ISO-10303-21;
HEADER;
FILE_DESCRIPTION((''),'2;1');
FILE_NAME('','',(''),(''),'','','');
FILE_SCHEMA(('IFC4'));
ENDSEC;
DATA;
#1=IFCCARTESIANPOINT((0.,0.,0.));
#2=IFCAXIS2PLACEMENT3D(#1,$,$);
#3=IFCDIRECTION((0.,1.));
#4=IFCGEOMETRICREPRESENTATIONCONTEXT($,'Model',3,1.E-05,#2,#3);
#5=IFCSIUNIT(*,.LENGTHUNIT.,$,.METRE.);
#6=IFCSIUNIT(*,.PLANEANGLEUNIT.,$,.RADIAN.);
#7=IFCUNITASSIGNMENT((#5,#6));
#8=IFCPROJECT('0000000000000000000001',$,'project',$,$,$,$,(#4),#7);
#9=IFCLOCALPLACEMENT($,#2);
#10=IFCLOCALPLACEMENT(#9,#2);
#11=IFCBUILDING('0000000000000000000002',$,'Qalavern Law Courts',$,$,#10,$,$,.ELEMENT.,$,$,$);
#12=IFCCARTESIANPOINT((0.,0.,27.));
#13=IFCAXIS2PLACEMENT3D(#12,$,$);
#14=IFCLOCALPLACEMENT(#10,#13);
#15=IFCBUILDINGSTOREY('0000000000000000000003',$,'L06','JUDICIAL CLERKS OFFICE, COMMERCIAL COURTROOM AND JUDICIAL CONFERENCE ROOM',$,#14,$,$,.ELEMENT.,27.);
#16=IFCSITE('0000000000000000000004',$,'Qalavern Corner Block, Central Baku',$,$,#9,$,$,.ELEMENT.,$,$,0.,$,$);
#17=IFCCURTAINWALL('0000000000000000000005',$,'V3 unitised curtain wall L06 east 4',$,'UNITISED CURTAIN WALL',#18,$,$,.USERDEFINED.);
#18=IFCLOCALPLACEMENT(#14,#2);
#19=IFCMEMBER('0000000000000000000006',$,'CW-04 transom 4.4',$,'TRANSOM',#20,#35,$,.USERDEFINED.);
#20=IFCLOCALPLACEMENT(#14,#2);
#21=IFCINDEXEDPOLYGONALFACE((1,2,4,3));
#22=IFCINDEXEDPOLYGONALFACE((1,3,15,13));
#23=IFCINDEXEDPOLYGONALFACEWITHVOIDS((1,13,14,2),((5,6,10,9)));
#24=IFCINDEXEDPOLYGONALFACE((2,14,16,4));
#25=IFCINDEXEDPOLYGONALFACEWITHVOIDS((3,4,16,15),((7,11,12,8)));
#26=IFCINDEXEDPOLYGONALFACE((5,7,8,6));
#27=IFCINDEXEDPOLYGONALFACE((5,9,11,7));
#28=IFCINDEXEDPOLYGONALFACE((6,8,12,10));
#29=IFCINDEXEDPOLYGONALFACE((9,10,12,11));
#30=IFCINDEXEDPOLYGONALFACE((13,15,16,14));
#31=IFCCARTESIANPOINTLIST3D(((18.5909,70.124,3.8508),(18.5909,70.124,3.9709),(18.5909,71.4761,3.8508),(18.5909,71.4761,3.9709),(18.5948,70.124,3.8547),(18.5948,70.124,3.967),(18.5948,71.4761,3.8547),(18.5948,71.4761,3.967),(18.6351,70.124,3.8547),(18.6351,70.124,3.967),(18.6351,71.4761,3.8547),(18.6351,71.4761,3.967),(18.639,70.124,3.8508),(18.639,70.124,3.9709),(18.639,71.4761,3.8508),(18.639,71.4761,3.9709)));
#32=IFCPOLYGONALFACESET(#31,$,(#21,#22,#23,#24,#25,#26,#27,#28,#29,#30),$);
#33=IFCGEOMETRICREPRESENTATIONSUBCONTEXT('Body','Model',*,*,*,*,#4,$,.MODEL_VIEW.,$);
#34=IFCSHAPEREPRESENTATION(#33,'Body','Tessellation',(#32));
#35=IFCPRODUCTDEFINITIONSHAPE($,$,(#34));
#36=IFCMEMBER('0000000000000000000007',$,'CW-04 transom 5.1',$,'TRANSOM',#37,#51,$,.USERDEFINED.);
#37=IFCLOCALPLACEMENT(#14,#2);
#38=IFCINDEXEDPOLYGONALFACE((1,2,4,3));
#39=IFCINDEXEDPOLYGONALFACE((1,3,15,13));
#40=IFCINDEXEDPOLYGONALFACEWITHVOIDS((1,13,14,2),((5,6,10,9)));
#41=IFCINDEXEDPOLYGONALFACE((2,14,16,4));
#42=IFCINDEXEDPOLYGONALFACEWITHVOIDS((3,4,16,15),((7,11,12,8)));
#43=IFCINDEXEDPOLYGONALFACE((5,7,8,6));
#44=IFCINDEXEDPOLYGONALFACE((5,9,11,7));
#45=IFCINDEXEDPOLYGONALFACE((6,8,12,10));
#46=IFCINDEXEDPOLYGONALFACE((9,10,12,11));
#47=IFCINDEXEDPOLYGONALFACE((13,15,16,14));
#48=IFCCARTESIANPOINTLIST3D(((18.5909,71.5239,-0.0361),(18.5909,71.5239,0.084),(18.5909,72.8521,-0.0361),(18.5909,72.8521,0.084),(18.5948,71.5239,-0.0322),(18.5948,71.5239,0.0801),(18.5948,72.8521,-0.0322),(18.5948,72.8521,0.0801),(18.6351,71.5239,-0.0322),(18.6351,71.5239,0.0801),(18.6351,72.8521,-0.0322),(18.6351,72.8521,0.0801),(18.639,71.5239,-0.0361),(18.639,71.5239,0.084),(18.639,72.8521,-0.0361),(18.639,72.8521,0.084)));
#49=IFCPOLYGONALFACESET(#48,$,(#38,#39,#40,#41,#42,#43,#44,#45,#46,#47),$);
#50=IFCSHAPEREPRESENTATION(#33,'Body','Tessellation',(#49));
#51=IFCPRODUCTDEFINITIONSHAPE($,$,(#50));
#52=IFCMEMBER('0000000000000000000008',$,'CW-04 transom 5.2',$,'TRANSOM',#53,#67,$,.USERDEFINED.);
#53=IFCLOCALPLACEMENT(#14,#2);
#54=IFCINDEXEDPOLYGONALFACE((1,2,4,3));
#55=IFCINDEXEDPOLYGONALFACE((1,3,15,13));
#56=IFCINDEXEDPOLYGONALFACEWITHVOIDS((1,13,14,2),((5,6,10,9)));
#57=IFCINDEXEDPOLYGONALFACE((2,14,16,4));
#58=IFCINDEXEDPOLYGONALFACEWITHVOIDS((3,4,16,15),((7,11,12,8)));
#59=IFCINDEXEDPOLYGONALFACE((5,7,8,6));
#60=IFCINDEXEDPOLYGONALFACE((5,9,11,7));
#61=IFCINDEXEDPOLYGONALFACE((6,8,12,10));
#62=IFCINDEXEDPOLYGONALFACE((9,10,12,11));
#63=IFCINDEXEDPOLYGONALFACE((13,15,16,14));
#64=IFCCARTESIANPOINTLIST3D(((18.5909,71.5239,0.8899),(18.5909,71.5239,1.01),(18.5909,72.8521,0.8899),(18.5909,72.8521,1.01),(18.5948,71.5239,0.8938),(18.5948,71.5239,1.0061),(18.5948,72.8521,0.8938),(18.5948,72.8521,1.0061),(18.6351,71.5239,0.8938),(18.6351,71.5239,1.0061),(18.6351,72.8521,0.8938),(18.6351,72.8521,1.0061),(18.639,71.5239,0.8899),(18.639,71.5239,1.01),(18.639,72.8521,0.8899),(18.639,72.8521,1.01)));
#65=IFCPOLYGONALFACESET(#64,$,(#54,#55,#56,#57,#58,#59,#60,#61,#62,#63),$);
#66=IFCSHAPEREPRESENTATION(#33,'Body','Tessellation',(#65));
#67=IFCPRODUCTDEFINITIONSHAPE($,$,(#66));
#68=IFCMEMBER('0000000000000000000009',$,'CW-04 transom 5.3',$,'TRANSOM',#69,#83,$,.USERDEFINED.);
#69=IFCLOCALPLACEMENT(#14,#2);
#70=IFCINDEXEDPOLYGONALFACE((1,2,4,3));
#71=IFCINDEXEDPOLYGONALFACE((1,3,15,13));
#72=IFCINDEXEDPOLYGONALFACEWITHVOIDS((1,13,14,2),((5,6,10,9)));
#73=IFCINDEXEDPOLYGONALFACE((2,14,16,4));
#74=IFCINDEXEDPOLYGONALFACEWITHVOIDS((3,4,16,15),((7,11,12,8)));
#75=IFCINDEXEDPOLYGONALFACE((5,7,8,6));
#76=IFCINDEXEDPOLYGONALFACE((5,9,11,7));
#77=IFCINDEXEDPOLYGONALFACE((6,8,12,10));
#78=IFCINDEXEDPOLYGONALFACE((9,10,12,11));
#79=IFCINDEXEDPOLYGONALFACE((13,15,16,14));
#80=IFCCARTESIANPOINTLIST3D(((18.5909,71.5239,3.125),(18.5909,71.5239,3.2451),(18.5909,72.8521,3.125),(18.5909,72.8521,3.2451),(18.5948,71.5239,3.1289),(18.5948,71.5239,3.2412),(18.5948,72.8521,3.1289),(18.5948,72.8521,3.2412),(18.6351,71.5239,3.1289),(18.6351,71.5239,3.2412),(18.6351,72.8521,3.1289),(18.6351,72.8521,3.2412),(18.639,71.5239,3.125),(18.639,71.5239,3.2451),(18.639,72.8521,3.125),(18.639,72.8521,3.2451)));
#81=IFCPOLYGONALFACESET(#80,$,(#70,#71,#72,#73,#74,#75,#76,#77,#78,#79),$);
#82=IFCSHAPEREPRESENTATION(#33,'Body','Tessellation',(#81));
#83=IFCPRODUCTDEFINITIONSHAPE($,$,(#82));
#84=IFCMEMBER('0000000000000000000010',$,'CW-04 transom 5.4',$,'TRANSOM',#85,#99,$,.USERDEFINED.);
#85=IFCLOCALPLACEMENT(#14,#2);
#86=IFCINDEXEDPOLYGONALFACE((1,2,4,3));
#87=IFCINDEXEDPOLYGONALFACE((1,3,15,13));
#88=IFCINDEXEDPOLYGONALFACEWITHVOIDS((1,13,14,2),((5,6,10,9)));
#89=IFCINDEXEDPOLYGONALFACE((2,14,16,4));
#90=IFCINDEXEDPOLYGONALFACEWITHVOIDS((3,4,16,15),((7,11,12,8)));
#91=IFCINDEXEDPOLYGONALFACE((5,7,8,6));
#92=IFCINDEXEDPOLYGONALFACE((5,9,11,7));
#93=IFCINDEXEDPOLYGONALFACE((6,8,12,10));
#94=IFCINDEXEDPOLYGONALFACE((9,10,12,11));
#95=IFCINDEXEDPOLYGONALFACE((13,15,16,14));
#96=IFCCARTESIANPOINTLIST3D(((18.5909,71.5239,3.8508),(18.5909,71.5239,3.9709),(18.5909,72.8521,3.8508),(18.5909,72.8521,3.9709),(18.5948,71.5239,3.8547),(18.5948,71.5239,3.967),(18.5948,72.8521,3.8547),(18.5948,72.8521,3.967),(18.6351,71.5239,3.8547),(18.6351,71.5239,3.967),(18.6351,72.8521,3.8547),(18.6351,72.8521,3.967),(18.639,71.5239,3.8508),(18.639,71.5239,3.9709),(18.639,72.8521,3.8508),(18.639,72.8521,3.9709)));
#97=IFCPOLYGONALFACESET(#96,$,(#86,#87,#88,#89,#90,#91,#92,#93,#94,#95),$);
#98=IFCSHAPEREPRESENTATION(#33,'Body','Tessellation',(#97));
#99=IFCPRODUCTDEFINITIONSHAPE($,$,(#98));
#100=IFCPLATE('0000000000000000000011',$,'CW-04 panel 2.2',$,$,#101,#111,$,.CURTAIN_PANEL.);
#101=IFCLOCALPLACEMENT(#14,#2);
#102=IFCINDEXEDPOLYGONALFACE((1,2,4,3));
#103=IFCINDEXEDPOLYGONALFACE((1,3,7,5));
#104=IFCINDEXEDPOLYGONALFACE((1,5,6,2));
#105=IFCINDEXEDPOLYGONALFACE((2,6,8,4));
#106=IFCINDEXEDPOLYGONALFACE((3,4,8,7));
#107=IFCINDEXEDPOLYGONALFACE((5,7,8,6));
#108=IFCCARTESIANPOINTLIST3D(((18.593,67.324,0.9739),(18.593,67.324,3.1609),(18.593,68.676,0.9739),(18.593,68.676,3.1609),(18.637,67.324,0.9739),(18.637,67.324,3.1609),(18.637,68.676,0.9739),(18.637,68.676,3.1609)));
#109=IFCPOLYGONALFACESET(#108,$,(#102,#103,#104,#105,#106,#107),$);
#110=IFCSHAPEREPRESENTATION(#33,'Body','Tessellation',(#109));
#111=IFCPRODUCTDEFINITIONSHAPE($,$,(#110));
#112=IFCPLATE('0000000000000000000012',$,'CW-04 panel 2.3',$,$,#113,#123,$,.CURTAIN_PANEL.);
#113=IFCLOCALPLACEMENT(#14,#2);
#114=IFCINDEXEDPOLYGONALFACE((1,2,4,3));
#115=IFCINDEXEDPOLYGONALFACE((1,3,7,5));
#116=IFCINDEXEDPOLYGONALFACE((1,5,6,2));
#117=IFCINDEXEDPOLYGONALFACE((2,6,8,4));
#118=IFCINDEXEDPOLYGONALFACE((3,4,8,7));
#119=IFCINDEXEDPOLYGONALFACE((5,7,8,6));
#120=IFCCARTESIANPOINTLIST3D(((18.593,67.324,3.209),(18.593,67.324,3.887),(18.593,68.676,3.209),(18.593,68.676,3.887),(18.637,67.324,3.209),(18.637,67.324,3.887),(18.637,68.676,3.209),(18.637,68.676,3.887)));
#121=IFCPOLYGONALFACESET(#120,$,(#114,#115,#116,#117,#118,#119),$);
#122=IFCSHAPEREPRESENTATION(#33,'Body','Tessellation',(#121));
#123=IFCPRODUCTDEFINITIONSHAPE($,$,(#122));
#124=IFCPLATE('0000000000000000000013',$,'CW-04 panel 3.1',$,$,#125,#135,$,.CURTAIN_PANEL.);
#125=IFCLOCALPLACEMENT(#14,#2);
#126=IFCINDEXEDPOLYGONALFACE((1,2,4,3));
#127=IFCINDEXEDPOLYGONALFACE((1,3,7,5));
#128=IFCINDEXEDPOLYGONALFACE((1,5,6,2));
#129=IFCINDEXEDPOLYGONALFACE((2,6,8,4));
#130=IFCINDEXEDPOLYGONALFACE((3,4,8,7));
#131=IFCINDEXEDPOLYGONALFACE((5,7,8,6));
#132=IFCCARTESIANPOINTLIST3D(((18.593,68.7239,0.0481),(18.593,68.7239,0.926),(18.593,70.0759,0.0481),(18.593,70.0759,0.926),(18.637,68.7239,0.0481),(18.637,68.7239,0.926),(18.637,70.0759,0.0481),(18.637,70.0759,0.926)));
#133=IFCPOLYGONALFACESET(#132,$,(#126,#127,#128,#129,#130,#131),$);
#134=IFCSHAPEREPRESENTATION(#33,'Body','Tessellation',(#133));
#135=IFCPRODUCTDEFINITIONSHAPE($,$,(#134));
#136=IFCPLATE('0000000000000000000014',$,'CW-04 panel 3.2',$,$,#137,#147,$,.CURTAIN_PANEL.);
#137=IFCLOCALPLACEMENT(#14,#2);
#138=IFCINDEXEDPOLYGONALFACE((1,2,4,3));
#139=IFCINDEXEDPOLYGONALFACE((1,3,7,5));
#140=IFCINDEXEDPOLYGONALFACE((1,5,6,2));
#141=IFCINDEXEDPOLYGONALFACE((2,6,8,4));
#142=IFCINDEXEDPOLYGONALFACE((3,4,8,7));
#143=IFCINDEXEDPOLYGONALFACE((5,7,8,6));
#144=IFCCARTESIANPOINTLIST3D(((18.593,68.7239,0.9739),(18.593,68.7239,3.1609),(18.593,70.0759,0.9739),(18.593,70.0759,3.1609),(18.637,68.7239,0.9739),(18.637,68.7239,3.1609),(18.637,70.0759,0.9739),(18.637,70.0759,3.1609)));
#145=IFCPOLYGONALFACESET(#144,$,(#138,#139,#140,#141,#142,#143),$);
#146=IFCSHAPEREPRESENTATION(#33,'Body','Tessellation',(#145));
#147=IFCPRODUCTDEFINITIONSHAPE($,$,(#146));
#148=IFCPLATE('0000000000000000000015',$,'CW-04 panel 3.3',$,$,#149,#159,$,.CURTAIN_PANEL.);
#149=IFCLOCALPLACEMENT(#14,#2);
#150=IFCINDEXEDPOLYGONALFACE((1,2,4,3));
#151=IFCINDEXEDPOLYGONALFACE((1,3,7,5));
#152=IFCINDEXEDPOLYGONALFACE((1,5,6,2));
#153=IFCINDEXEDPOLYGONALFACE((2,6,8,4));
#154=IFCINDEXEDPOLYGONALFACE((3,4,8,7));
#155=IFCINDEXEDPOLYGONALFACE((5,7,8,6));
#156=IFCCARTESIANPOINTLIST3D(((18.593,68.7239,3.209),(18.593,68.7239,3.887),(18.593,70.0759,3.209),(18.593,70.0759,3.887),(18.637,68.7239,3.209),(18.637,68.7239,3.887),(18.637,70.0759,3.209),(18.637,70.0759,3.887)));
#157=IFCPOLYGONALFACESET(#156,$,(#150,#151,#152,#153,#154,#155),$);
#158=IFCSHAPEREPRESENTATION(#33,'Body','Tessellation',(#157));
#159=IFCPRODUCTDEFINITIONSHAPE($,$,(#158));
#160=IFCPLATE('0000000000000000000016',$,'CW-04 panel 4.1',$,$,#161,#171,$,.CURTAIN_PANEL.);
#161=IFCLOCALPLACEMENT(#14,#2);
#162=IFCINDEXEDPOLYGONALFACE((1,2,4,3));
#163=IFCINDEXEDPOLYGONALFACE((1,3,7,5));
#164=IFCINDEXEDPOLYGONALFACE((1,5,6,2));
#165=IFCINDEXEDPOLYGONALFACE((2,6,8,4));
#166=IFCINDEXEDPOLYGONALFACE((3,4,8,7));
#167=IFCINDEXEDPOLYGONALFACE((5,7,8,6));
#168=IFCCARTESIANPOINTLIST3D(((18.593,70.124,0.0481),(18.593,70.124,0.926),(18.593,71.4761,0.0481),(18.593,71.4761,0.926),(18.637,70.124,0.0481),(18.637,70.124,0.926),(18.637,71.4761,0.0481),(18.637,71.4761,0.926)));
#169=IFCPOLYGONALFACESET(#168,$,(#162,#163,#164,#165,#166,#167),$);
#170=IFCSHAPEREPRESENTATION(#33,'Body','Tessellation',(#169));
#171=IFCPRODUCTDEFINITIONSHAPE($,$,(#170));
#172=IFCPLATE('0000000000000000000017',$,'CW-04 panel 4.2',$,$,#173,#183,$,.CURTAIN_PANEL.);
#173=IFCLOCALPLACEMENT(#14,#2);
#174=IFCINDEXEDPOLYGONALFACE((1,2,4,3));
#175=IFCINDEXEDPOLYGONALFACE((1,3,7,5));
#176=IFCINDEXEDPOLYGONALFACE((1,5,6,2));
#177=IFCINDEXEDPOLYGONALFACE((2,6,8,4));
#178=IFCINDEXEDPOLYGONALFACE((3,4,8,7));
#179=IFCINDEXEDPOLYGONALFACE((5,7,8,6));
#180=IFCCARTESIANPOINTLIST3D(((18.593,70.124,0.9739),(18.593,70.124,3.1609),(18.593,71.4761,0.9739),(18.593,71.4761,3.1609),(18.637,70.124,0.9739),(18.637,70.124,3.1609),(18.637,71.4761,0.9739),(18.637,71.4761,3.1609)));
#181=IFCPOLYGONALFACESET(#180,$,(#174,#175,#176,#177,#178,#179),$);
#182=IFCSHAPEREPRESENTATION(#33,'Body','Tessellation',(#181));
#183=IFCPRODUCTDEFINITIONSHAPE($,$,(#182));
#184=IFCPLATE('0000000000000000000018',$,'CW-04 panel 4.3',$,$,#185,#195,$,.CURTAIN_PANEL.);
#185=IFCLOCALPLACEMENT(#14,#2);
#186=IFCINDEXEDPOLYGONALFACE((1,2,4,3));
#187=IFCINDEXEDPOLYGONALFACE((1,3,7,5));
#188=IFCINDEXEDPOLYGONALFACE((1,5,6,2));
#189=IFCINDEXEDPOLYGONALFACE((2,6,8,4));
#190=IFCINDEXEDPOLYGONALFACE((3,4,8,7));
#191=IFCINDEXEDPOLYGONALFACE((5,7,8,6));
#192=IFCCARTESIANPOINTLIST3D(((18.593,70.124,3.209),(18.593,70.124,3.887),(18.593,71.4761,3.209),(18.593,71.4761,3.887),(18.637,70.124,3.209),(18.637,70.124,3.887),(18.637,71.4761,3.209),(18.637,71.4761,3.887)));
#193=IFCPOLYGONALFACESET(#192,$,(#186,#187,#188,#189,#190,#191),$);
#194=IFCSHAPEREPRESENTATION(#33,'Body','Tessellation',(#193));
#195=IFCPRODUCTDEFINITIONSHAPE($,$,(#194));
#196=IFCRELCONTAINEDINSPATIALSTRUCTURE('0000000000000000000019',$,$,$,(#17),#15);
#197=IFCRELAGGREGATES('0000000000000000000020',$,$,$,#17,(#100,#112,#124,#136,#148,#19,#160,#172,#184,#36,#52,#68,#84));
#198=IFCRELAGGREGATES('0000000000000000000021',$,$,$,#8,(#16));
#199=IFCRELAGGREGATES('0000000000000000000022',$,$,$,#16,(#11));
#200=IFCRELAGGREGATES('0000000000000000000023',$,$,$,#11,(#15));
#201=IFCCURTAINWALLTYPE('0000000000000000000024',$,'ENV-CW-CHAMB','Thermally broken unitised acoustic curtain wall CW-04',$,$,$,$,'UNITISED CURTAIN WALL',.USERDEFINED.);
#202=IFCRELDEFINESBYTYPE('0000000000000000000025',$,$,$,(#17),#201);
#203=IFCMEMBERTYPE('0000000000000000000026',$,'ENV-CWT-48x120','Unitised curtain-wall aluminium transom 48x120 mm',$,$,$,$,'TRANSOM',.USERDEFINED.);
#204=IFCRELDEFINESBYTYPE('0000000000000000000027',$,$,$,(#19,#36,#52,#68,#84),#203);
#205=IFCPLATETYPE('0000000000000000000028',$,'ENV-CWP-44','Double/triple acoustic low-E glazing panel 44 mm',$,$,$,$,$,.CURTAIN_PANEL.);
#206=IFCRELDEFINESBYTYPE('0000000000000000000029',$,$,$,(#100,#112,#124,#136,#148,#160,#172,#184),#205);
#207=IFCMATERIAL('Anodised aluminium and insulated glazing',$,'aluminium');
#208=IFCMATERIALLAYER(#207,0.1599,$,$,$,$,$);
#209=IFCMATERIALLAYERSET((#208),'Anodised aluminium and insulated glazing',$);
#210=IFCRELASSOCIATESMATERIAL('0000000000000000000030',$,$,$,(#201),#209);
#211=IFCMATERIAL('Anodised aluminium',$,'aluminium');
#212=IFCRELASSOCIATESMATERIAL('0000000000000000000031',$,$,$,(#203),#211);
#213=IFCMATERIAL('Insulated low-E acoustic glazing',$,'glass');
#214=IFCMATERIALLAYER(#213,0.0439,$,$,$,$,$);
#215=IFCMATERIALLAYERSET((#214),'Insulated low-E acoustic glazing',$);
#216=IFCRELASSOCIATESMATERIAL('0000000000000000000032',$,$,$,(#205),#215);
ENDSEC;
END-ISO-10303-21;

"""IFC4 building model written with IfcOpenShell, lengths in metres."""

from ifc_helpers import new_model, si_unit, direction, frame, origin, origin_2d, place, context, subcontext, project, spatial, rectangle, hollow_rectangle, extrude, material, layer, layer_set, material_profile, profile_set, type_object, element, aggregate, save


model = new_model("IFC4")

# Units and contexts
model_context = context("Model", 3, precision=1e-05, world=origin(), true_north=direction((0.0, 1.0)))
body_context = subcontext(model_context, "Body", "Model", "MODEL_VIEW")
ifc_project = project(units=[si_unit("LENGTHUNIT", "METRE"), si_unit("PLANEANGLEUNIT", "RADIAN")], contexts=[model_context])

# Site, building, storey
site_placement = place(None, origin())
site = spatial("IfcSite", under=ifc_project, at=site_placement, Name="Qalavern Corner Block, Central Baku", CompositionType="ELEMENT", RefElevation=0.0)
building_placement = place(site_placement, origin())
building = spatial("IfcBuilding", under=site, at=building_placement, Name="Qalavern Law Courts", CompositionType="ELEMENT")
storey_placement = place(building_placement, frame((0.0, 0.0, 27.0)))
storey = spatial("IfcBuildingStorey", under=building, at=storey_placement, Name="L06", Description="JUDICIAL CLERKS OFFICE, COMMERCIAL COURTROOM AND JUDICIAL CONFERENCE ROOM", CompositionType="ELEMENT", Elevation=27.0)

# Curtain wall, members, plates
ifc_material_1 = material(Name="Anodised aluminium and insulated glazing", Category="aluminium")
ifc_layer_1 = layer(ifc_material_1, 0.1599)
ifc_layer_set_1 = layer_set([ifc_layer_1], Name="Anodised aluminium and insulated glazing")
curtain_wall_type = type_object("IfcCurtainWallType", Name="ENV-CW-CHAMB", Description="Thermally broken unitised acoustic curtain wall CW-04", ElementType="UNITISED CURTAIN WALL", PredefinedType="USERDEFINED", material=ifc_layer_set_1)
curtain_wall_placement = place(storey_placement, origin())
curtain_wall = element("IfcCurtainWall", 1, at=curtain_wall_placement, inside=storey, type_object=curtain_wall_type, Name="V3 unitised curtain wall L06 east 4", ObjectType="UNITISED CURTAIN WALL", PredefinedType="USERDEFINED")
ifc_material_2 = material(Name="Anodised aluminium", Category="aluminium")
ifc_material_profile_1 = material_profile(ifc_material_2, hollow_rectangle(XDim=0.0481, YDim=0.1201, WallThickness=0.0039, at=origin_2d()), Name="ALU TRANSOM 48x120")
ifc_profile_set_1 = profile_set([ifc_material_profile_1], Name="Anodised aluminium")
member_type_1 = type_object("IfcMemberType", Name="ENV-CWT-48x120", Description="Unitised curtain-wall aluminium transom 48x120 mm", ElementType="TRANSOM", PredefinedType="USERDEFINED", material=ifc_profile_set_1)
member_1_placement = place(storey_placement, frame((18.615, 70.124, 3.9109), z_axis=(0.0, 1.0, 0.0), x_axis=(-1.0, 0.0, 0.0)))
member_1 = element("IfcMember", 2, at=member_1_placement, type_object=member_type_1, Name="CW-04 transom 4.4", ObjectType="TRANSOM", PredefinedType="USERDEFINED", context=body_context, shape_type="SweptSolid", body=[
    extrude(hollow_rectangle(XDim=0.0481, YDim=0.1201, WallThickness=0.0039, at=origin_2d()), origin(), (0.0, 0.0, 1.0), 1.3521),
])
member_2_placement = place(storey_placement, frame((18.615, 71.5239, 0.0239), z_axis=(0.0, 1.0, 0.0), x_axis=(-1.0, 0.0, 0.0)))
member_2 = element("IfcMember", 3, at=member_2_placement, type_object=member_type_1, Name="CW-04 transom 5.1", ObjectType="TRANSOM", PredefinedType="USERDEFINED", context=body_context, shape_type="SweptSolid", body=[
    extrude(hollow_rectangle(XDim=0.0481, YDim=0.1201, WallThickness=0.0039, at=origin_2d()), origin(), (0.0, 0.0, 1.0), 1.3281),
])
member_3_placement = place(storey_placement, frame((18.615, 71.5239, 0.95), z_axis=(0.0, 1.0, 0.0), x_axis=(-1.0, 0.0, 0.0)))
member_3 = element("IfcMember", 4, at=member_3_placement, type_object=member_type_1, Name="CW-04 transom 5.2", ObjectType="TRANSOM", PredefinedType="USERDEFINED", context=body_context, shape_type="SweptSolid", body=[
    extrude(hollow_rectangle(XDim=0.0481, YDim=0.1201, WallThickness=0.0039, at=origin_2d()), origin(), (0.0, 0.0, 1.0), 1.3281),
])
member_4_placement = place(storey_placement, frame((18.615, 71.5239, 3.1851), z_axis=(0.0, 1.0, 0.0), x_axis=(-1.0, 0.0, 0.0)))
member_4 = element("IfcMember", 5, at=member_4_placement, type_object=member_type_1, Name="CW-04 transom 5.3", ObjectType="TRANSOM", PredefinedType="USERDEFINED", context=body_context, shape_type="SweptSolid", body=[
    extrude(hollow_rectangle(XDim=0.0481, YDim=0.1201, WallThickness=0.0039, at=origin_2d()), origin(), (0.0, 0.0, 1.0), 1.3281),
])
member_5_placement = place(storey_placement, frame((18.615, 71.5239, 3.9109), z_axis=(0.0, 1.0, 0.0), x_axis=(-1.0, 0.0, 0.0)))
member_5 = element("IfcMember", 6, at=member_5_placement, type_object=member_type_1, Name="CW-04 transom 5.4", ObjectType="TRANSOM", PredefinedType="USERDEFINED", context=body_context, shape_type="SweptSolid", body=[
    extrude(hollow_rectangle(XDim=0.0481, YDim=0.1201, WallThickness=0.0039, at=origin_2d()), origin(), (0.0, 0.0, 1.0), 1.3281),
])
ifc_material_3 = material(Name="Insulated low-E acoustic glazing", Category="glass")
ifc_layer_2 = layer(ifc_material_3, 0.0439)
ifc_layer_set_2 = layer_set([ifc_layer_2], Name="Insulated low-E acoustic glazing")
plate_type = type_object("IfcPlateType", Name="ENV-CWP-44", Description="Double/triple acoustic low-E glazing panel 44 mm", PredefinedType="CURTAIN_PANEL", material=ifc_layer_set_2)
plate_1_placement = place(storey_placement, frame((18.615, 68.0, 0.9739), z_axis=(0.0, 0.0, 1.0), x_axis=(0.0, 1.0, 0.0)))
plate_1 = element("IfcPlate", 7, at=plate_1_placement, type_object=plate_type, Name="CW-04 panel 2.2", PredefinedType="CURTAIN_PANEL", context=body_context, shape_type="SweptSolid", body=[
    extrude(rectangle(XDim=1.3521, YDim=0.0439, at=origin_2d()), origin(), (0.0, 0.0, 1.0), 2.187),
])
plate_2_placement = place(storey_placement, frame((18.615, 68.0, 3.209), z_axis=(0.0, 0.0, 1.0), x_axis=(0.0, 1.0, 0.0)))
plate_2 = element("IfcPlate", 8, at=plate_2_placement, type_object=plate_type, Name="CW-04 panel 2.3", PredefinedType="CURTAIN_PANEL", context=body_context, shape_type="SweptSolid", body=[
    extrude(rectangle(XDim=1.3521, YDim=0.0439, at=origin_2d()), origin(), (0.0, 0.0, 1.0), 0.678),
])
plate_3_placement = place(storey_placement, frame((18.615, 69.3999, 0.0481), z_axis=(0.0, 0.0, 1.0), x_axis=(0.0, 1.0, 0.0)))
plate_3 = element("IfcPlate", 9, at=plate_3_placement, type_object=plate_type, Name="CW-04 panel 3.1", PredefinedType="CURTAIN_PANEL", context=body_context, shape_type="SweptSolid", body=[
    extrude(rectangle(XDim=1.3521, YDim=0.0439, at=origin_2d()), origin(), (0.0, 0.0, 1.0), 0.8779),
])
plate_4_placement = place(storey_placement, frame((18.615, 69.3999, 0.9739), z_axis=(0.0, 0.0, 1.0), x_axis=(0.0, 1.0, 0.0)))
plate_4 = element("IfcPlate", 10, at=plate_4_placement, type_object=plate_type, Name="CW-04 panel 3.2", PredefinedType="CURTAIN_PANEL", context=body_context, shape_type="SweptSolid", body=[
    extrude(rectangle(XDim=1.3521, YDim=0.0439, at=origin_2d()), origin(), (0.0, 0.0, 1.0), 2.187),
])
plate_5_placement = place(storey_placement, frame((18.615, 69.3999, 3.209), z_axis=(0.0, 0.0, 1.0), x_axis=(0.0, 1.0, 0.0)))
plate_5 = element("IfcPlate", 11, at=plate_5_placement, type_object=plate_type, Name="CW-04 panel 3.3", PredefinedType="CURTAIN_PANEL", context=body_context, shape_type="SweptSolid", body=[
    extrude(rectangle(XDim=1.3521, YDim=0.0439, at=origin_2d()), origin(), (0.0, 0.0, 1.0), 0.678),
])
plate_6_placement = place(storey_placement, frame((18.615, 70.8, 0.0481), z_axis=(0.0, 0.0, 1.0), x_axis=(0.0, 1.0, 0.0)))
plate_6 = element("IfcPlate", 12, at=plate_6_placement, type_object=plate_type, Name="CW-04 panel 4.1", PredefinedType="CURTAIN_PANEL", context=body_context, shape_type="SweptSolid", body=[
    extrude(rectangle(XDim=1.3521, YDim=0.0439, at=origin_2d()), origin(), (0.0, 0.0, 1.0), 0.8779),
])
plate_7_placement = place(storey_placement, frame((18.615, 70.8, 0.9739), z_axis=(0.0, 0.0, 1.0), x_axis=(0.0, 1.0, 0.0)))
plate_7 = element("IfcPlate", 13, at=plate_7_placement, type_object=plate_type, Name="CW-04 panel 4.2", PredefinedType="CURTAIN_PANEL", context=body_context, shape_type="SweptSolid", body=[
    extrude(rectangle(XDim=1.3521, YDim=0.0439, at=origin_2d()), origin(), (0.0, 0.0, 1.0), 2.187),
])
plate_8_placement = place(storey_placement, frame((18.615, 70.8, 3.209), z_axis=(0.0, 0.0, 1.0), x_axis=(0.0, 1.0, 0.0)))
plate_8 = element("IfcPlate", 14, at=plate_8_placement, type_object=plate_type, Name="CW-04 panel 4.3", PredefinedType="CURTAIN_PANEL", context=body_context, shape_type="SweptSolid", body=[
    extrude(rectangle(XDim=1.3521, YDim=0.0439, at=origin_2d()), origin(), (0.0, 0.0, 1.0), 0.678),
])
aggregate(curtain_wall, [plate_1, plate_2, plate_3, plate_4, plate_5, member_1, plate_6, plate_7, plate_8, member_2, member_3, member_4, member_5])

save(model, "model.ifc")
